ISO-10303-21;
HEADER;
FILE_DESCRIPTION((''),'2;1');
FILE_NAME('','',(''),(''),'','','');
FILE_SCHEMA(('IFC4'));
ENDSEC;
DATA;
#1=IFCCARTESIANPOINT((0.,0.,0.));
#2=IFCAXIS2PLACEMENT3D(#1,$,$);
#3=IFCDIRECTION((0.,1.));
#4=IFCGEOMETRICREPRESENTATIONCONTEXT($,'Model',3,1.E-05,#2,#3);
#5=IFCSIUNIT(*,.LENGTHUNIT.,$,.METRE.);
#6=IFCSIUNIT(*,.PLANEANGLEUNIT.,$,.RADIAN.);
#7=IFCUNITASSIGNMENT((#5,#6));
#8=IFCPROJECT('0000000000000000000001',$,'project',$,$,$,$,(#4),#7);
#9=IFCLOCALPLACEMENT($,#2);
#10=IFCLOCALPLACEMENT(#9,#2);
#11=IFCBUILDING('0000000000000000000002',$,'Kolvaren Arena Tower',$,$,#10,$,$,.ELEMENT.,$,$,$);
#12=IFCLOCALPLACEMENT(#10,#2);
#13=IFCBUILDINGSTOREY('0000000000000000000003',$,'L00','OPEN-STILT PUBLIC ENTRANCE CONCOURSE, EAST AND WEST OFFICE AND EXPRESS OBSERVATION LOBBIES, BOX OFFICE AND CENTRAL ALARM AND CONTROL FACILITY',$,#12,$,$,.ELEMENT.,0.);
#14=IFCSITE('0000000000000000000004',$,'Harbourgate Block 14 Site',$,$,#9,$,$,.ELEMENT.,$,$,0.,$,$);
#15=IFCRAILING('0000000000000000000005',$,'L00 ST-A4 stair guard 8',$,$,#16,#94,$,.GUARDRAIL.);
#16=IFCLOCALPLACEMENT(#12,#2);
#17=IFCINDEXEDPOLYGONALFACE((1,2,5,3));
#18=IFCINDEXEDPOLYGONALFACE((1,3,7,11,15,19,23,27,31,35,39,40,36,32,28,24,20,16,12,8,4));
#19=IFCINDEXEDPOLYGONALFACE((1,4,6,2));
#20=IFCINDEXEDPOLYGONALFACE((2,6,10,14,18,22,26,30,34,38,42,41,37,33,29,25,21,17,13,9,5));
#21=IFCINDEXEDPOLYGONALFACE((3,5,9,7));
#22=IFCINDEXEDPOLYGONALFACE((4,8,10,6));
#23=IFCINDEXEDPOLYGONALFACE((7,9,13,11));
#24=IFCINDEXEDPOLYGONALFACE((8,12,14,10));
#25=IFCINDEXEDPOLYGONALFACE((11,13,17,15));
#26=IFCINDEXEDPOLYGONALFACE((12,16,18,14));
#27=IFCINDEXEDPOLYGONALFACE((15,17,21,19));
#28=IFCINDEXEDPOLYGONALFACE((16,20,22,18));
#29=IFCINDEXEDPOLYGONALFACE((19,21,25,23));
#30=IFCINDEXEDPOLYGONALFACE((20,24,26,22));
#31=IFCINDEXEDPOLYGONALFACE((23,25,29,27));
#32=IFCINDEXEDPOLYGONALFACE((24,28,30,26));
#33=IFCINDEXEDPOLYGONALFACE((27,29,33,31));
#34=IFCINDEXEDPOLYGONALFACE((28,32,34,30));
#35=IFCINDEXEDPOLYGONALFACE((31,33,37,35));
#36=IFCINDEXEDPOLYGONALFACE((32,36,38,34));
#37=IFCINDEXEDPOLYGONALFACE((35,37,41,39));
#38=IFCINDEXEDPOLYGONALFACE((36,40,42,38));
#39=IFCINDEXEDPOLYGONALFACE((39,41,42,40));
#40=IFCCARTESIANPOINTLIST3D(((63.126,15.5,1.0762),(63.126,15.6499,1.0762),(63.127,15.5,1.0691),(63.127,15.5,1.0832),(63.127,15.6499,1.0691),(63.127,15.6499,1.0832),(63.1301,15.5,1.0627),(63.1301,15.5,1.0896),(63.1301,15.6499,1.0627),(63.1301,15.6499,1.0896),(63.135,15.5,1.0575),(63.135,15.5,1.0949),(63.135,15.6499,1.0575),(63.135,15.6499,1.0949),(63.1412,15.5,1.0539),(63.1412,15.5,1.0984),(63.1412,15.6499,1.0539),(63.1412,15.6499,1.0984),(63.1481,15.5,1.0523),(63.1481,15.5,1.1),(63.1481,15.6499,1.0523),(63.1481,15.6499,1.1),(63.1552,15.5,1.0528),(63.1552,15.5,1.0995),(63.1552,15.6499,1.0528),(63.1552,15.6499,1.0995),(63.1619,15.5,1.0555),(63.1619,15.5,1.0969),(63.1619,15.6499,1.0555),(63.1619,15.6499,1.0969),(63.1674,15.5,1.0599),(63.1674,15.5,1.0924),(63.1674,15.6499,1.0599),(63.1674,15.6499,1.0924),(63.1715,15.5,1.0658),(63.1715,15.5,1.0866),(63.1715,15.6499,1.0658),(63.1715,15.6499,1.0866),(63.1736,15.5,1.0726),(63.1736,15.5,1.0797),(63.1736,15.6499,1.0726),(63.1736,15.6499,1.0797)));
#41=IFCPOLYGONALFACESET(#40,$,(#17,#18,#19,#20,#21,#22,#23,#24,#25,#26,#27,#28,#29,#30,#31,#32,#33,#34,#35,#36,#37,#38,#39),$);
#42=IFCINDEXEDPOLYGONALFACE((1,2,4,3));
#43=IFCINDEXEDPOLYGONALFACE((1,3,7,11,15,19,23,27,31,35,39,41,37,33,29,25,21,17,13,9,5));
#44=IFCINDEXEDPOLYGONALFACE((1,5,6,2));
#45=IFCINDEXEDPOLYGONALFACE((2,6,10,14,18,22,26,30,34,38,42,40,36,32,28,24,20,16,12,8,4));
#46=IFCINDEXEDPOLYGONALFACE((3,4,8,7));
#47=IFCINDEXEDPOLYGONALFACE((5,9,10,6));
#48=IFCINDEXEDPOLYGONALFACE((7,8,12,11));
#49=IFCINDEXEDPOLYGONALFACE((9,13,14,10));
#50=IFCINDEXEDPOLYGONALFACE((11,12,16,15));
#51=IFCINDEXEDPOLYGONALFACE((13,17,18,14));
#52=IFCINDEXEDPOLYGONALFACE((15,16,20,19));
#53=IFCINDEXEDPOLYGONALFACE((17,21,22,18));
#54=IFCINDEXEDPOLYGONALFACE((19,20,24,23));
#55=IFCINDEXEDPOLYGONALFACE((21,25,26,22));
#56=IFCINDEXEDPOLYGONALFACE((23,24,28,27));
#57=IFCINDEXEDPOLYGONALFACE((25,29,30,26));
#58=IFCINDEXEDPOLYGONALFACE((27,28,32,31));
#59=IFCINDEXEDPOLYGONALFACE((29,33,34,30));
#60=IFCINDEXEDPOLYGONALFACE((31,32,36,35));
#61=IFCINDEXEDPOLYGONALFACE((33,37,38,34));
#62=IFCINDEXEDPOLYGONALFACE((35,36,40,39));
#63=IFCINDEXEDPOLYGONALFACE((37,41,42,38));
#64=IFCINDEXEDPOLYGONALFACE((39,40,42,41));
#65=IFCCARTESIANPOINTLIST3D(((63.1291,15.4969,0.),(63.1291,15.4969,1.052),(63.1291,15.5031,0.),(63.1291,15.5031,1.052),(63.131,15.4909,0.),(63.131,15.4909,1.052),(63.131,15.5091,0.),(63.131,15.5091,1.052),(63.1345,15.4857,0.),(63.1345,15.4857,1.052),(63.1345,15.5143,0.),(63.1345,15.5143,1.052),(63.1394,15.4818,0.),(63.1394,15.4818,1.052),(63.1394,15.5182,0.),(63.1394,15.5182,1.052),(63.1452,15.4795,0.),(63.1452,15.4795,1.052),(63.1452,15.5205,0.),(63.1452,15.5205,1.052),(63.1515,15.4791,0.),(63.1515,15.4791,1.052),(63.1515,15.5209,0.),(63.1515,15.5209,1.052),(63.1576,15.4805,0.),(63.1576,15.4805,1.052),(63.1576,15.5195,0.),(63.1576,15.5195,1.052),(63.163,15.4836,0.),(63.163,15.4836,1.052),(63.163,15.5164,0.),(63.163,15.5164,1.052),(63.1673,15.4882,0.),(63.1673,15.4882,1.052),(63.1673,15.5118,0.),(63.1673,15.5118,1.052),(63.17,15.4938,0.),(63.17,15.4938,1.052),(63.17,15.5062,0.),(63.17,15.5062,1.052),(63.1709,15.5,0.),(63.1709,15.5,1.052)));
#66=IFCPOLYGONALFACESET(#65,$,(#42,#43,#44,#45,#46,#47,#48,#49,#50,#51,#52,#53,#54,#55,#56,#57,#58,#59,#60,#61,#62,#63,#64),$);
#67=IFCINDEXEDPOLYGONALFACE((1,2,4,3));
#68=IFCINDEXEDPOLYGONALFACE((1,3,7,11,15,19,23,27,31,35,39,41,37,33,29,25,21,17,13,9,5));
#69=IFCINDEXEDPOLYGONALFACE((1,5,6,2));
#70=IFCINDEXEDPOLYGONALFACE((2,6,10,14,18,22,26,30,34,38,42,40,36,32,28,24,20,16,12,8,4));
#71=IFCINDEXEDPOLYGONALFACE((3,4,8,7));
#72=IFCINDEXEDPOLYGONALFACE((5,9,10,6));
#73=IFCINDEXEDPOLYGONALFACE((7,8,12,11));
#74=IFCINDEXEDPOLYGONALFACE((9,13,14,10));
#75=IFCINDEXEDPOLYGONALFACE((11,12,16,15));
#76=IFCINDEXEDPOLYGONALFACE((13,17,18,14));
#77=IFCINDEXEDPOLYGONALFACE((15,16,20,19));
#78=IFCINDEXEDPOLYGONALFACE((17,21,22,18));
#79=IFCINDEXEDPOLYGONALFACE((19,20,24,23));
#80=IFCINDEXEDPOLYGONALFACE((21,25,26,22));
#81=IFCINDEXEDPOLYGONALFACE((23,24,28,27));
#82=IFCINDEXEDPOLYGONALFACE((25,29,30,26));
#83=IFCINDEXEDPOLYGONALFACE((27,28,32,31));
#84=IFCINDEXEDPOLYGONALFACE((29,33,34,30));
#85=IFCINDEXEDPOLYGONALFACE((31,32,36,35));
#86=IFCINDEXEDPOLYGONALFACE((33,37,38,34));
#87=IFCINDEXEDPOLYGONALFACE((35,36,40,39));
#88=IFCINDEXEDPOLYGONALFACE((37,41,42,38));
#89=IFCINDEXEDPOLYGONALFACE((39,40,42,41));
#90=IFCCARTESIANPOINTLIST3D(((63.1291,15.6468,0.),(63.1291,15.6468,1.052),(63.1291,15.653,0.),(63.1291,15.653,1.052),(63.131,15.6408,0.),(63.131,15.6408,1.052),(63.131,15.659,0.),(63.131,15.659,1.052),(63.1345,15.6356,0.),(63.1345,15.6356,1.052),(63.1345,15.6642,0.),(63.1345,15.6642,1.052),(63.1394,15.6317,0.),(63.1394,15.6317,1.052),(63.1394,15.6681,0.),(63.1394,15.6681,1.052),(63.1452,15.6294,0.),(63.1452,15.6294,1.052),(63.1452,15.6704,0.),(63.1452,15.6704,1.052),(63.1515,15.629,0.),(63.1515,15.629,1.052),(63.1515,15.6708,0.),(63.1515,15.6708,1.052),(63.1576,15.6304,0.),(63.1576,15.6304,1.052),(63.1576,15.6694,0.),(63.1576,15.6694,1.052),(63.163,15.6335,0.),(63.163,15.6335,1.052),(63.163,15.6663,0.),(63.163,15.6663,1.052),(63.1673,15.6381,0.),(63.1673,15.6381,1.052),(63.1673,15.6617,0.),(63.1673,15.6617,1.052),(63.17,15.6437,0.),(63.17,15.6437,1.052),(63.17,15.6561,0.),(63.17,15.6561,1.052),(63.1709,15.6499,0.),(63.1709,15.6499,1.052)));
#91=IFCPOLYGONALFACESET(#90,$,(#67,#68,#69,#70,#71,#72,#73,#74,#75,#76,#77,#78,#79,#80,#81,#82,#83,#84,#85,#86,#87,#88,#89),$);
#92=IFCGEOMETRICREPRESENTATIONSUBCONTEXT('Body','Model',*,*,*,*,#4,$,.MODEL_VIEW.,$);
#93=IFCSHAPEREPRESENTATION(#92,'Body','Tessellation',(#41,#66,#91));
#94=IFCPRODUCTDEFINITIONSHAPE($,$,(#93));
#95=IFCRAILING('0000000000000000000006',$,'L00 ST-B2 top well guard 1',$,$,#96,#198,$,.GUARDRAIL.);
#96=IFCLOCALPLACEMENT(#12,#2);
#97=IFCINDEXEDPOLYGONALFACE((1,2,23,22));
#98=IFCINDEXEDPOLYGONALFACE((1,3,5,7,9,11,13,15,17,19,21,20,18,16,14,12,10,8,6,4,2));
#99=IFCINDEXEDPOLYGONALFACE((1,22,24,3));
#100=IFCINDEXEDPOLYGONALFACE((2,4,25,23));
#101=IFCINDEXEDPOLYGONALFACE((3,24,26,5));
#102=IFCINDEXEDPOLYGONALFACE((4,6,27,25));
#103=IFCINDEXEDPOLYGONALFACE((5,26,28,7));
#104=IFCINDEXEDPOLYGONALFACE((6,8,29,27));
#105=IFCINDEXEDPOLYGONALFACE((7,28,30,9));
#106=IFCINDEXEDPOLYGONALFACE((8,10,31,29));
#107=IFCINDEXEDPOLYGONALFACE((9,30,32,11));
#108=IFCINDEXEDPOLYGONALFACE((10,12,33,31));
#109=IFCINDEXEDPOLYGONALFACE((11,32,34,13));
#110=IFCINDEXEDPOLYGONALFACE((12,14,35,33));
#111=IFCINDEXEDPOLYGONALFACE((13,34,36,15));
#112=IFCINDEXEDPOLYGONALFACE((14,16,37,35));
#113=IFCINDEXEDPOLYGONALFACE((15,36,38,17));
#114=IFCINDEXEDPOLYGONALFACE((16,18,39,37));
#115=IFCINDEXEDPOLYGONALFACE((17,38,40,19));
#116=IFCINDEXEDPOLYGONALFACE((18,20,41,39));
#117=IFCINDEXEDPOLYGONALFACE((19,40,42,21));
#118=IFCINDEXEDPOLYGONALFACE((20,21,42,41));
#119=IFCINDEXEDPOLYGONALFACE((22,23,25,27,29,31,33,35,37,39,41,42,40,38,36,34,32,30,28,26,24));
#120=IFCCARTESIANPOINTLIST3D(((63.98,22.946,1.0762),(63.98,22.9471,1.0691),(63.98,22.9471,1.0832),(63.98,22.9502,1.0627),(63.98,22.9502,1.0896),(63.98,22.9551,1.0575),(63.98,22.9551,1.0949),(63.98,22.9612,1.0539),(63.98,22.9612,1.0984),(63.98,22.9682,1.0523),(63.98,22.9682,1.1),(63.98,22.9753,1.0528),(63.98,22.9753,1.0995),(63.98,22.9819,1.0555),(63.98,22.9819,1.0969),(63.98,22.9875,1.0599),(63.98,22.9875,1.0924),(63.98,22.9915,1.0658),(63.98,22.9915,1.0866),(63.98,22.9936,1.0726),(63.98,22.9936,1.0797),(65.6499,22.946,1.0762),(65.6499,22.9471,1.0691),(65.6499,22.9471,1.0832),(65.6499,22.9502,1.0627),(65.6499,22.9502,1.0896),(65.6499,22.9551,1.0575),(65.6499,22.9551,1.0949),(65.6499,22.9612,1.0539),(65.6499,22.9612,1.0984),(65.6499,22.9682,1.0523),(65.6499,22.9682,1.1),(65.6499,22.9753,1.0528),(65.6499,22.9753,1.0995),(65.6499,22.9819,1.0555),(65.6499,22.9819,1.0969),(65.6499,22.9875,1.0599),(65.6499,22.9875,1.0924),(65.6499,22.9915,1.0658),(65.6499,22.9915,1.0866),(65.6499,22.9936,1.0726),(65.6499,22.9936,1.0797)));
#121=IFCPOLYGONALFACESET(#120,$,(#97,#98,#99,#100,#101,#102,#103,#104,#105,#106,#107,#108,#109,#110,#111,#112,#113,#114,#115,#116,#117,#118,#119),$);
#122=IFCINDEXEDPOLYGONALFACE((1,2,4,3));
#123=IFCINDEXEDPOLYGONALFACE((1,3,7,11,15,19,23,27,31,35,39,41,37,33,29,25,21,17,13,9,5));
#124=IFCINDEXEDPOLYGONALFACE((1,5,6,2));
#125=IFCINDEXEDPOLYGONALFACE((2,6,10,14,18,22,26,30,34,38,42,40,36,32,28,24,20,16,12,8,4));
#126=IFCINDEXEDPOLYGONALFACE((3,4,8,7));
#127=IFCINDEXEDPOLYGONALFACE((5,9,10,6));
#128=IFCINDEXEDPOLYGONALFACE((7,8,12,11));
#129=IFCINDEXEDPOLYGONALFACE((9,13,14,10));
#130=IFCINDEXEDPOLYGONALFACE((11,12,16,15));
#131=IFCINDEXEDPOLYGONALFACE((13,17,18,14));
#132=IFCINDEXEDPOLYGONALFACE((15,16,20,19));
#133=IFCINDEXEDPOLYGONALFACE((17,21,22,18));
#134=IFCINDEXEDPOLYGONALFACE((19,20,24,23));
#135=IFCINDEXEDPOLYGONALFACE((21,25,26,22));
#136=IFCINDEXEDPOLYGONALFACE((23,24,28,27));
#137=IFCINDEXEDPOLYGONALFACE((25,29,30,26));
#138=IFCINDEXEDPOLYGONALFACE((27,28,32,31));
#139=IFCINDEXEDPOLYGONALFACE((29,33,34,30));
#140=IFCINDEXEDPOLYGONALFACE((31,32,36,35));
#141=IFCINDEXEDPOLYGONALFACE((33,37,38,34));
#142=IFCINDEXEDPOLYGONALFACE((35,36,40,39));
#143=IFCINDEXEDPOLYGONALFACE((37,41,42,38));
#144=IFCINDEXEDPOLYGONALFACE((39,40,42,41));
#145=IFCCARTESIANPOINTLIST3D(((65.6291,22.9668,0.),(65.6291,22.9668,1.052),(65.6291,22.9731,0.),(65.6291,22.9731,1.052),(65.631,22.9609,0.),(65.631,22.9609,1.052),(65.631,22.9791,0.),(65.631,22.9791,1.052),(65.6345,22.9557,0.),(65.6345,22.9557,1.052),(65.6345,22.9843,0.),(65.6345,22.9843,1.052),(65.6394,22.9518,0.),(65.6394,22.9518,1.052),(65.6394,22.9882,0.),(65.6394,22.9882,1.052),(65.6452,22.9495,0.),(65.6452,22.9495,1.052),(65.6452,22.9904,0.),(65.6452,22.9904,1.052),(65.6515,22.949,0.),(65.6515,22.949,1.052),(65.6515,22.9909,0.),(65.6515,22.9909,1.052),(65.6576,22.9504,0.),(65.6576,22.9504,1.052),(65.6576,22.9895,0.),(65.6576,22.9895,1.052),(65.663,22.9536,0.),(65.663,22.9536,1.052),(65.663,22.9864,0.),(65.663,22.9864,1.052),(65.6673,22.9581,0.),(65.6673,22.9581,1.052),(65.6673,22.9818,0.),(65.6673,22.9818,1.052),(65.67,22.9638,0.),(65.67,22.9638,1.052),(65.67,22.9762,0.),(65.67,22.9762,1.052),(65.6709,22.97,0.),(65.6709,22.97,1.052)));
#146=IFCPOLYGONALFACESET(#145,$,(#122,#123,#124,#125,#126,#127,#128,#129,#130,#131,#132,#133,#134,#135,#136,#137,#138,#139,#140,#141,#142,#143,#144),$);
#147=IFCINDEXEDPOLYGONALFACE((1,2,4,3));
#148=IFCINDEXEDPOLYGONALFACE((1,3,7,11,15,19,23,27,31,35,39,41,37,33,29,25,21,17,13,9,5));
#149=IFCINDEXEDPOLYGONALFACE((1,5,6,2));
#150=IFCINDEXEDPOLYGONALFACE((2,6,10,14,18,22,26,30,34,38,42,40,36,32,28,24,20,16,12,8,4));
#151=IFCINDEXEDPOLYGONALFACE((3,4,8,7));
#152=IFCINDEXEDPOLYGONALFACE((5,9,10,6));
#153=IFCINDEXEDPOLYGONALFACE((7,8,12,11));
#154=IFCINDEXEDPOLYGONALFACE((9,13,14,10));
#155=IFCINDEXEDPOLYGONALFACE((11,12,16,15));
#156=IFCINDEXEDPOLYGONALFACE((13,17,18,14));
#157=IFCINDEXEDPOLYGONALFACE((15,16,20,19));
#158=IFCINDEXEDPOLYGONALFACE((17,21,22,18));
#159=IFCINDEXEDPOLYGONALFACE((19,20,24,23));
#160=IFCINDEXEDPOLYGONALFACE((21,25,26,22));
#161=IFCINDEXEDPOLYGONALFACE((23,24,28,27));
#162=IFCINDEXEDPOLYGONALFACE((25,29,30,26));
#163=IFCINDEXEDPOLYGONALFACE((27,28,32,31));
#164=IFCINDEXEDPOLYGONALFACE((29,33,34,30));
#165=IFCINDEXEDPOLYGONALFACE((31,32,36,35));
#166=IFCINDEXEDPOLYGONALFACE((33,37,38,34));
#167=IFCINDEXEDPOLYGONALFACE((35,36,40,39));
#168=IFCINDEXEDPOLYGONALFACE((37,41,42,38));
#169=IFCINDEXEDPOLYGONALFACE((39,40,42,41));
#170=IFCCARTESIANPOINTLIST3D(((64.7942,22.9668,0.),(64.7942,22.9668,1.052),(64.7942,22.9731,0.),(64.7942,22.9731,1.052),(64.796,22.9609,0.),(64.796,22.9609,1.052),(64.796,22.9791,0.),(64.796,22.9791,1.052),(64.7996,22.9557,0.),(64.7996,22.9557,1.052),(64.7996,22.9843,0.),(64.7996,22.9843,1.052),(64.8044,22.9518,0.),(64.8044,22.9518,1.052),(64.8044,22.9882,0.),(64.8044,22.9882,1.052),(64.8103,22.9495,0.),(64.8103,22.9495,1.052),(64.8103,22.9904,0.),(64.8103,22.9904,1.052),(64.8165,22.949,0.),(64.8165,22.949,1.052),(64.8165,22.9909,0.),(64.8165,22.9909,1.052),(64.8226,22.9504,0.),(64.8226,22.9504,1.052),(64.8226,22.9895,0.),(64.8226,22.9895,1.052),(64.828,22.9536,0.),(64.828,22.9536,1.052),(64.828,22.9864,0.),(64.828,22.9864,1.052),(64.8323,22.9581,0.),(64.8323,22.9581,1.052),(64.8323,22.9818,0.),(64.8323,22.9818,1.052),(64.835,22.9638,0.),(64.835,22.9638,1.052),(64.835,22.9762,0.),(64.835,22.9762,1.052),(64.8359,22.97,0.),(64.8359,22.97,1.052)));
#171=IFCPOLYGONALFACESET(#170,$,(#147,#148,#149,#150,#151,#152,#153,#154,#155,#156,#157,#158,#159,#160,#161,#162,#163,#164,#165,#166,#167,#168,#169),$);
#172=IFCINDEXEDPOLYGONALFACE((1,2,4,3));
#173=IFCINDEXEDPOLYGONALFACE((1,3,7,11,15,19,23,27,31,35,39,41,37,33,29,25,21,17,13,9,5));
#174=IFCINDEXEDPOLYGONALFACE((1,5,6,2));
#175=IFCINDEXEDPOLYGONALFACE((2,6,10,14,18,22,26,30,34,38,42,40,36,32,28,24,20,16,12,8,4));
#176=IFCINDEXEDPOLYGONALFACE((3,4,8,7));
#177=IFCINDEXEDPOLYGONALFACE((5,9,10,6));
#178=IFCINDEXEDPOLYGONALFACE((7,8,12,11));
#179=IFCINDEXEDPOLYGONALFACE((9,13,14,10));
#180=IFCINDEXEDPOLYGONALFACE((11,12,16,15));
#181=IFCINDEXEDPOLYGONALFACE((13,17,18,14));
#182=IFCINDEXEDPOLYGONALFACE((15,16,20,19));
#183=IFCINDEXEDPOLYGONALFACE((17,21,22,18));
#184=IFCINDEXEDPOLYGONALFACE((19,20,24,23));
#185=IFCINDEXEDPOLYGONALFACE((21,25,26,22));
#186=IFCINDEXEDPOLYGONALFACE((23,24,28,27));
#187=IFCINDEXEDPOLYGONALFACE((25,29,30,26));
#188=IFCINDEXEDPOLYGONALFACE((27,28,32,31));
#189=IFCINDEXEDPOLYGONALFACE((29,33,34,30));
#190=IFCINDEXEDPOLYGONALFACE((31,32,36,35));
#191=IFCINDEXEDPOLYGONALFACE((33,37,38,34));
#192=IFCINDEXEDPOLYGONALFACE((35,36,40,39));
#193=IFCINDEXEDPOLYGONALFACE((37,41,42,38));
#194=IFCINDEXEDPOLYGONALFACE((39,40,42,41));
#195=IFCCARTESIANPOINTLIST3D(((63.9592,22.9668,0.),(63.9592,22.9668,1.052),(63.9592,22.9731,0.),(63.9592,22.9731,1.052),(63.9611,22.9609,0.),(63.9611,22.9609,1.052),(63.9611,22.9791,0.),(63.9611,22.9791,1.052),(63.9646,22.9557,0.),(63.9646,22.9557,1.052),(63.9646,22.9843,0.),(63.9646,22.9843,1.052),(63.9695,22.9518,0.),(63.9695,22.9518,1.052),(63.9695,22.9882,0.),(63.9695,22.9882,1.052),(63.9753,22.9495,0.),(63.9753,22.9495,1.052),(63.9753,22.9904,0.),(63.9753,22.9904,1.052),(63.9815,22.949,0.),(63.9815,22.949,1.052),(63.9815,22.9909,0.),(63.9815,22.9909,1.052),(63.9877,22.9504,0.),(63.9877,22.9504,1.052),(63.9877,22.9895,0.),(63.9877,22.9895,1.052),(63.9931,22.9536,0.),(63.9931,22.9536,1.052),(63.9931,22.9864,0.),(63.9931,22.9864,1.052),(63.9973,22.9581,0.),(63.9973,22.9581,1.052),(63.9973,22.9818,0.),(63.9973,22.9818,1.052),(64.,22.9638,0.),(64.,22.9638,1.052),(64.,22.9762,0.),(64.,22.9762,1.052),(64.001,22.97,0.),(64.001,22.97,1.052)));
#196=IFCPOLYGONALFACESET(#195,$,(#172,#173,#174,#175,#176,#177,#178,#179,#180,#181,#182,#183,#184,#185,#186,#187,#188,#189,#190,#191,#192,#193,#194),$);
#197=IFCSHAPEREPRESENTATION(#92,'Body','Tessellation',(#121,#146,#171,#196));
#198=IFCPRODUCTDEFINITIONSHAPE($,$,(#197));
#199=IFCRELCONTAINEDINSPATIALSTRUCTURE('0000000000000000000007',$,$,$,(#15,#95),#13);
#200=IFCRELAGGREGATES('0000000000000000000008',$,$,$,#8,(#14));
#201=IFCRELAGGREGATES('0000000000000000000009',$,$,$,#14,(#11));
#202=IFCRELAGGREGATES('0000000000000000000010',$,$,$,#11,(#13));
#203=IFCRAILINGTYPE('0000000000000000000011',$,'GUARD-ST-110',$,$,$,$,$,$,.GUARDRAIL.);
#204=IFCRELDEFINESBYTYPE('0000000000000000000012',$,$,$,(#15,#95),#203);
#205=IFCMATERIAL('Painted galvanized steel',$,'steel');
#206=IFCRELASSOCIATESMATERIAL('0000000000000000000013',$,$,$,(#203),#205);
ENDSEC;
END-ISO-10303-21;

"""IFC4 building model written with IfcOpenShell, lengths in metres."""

from ifc_helpers import new_model, si_unit, direction, frame, origin, origin_2d, place, context, subcontext, project, spatial, circle, extrude, material, type_object, element, save


model = new_model("IFC4")

# Units and contexts
model_context = context("Model", 3, precision=1e-05, world=origin(), true_north=direction((0.0, 1.0)))
body_context = subcontext(model_context, "Body", "Model", "MODEL_VIEW")
ifc_project = project(units=[si_unit("LENGTHUNIT", "METRE"), si_unit("PLANEANGLEUNIT", "RADIAN")], contexts=[model_context])

# Site, building, storey
site_placement = place(None, origin())
site = spatial("IfcSite", under=ifc_project, at=site_placement, Name="Harbourgate Block 14 Site", CompositionType="ELEMENT", RefElevation=0.0)
building_placement = place(site_placement, origin())
building = spatial("IfcBuilding", under=site, at=building_placement, Name="Kolvaren Arena Tower", CompositionType="ELEMENT")
storey_placement = place(building_placement, origin())
storey = spatial("IfcBuildingStorey", under=building, at=storey_placement, Name="L00", Description="OPEN-STILT PUBLIC ENTRANCE CONCOURSE, EAST AND WEST OFFICE AND EXPRESS OBSERVATION LOBBIES, BOX OFFICE AND CENTRAL ALARM AND CONTROL FACILITY", CompositionType="ELEMENT", Elevation=0.0)

# Railings
ifc_material_1 = material(Name="Painted galvanized steel", Category="steel")
railing_type_1 = type_object("IfcRailingType", Name="GUARD-ST-110", PredefinedType="GUARDRAIL", material=ifc_material_1)
railing_1_placement = place(storey_placement, frame((63.1499, 15.5, 0.0)))
element("IfcRailing", 1, at=railing_1_placement, inside=storey, type_object=railing_type_1, Name="L00 ST-A4 stair guard 8", PredefinedType="GUARDRAIL", context=body_context, shape_type="SweptSolid", body=[
    extrude(circle(Radius=0.0239, at=origin_2d()), frame((0.0, 0.0, 1.0762), z_axis=(0.0, 1.0, 0.0), x_axis=(-1.0, 0.0, 0.0)), (0.0, 0.0, 1.0), 0.1499),
    extrude(circle(Radius=0.021, at=origin_2d()), origin(), (0.0, 0.0, 1.0), 1.052),
    extrude(circle(Radius=0.021, at=origin_2d()), frame((0.0, 0.1499, 0.0)), (0.0, 0.0, 1.0), 1.052),
])
railing_2_placement = place(storey_placement, frame((65.6499, 22.97, 0.0)))
element("IfcRailing", 2, at=railing_2_placement, inside=storey, type_object=railing_type_1, Name="L00 ST-B2 top well guard 1", PredefinedType="GUARDRAIL", context=body_context, shape_type="SweptSolid", body=[
    extrude(circle(Radius=0.0239, at=origin_2d()), frame((0.0, 0.0, 1.0762), z_axis=(-1.0, 0.0, 0.0), x_axis=(0.0, -1.0, 0.0)), (0.0, 0.0, 1.0), 1.6699),
    extrude(circle(Radius=0.021, at=origin_2d()), origin(), (0.0, 0.0, 1.0), 1.052),
    extrude(circle(Radius=0.021, at=origin_2d()), frame((-0.835, 0.0, 0.0)), (0.0, 0.0, 1.0), 1.052),
    extrude(circle(Radius=0.021, at=origin_2d()), frame((-1.6699, 0.0, 0.0)), (0.0, 0.0, 1.0), 1.052),
])

save(model, "model.ifc")
